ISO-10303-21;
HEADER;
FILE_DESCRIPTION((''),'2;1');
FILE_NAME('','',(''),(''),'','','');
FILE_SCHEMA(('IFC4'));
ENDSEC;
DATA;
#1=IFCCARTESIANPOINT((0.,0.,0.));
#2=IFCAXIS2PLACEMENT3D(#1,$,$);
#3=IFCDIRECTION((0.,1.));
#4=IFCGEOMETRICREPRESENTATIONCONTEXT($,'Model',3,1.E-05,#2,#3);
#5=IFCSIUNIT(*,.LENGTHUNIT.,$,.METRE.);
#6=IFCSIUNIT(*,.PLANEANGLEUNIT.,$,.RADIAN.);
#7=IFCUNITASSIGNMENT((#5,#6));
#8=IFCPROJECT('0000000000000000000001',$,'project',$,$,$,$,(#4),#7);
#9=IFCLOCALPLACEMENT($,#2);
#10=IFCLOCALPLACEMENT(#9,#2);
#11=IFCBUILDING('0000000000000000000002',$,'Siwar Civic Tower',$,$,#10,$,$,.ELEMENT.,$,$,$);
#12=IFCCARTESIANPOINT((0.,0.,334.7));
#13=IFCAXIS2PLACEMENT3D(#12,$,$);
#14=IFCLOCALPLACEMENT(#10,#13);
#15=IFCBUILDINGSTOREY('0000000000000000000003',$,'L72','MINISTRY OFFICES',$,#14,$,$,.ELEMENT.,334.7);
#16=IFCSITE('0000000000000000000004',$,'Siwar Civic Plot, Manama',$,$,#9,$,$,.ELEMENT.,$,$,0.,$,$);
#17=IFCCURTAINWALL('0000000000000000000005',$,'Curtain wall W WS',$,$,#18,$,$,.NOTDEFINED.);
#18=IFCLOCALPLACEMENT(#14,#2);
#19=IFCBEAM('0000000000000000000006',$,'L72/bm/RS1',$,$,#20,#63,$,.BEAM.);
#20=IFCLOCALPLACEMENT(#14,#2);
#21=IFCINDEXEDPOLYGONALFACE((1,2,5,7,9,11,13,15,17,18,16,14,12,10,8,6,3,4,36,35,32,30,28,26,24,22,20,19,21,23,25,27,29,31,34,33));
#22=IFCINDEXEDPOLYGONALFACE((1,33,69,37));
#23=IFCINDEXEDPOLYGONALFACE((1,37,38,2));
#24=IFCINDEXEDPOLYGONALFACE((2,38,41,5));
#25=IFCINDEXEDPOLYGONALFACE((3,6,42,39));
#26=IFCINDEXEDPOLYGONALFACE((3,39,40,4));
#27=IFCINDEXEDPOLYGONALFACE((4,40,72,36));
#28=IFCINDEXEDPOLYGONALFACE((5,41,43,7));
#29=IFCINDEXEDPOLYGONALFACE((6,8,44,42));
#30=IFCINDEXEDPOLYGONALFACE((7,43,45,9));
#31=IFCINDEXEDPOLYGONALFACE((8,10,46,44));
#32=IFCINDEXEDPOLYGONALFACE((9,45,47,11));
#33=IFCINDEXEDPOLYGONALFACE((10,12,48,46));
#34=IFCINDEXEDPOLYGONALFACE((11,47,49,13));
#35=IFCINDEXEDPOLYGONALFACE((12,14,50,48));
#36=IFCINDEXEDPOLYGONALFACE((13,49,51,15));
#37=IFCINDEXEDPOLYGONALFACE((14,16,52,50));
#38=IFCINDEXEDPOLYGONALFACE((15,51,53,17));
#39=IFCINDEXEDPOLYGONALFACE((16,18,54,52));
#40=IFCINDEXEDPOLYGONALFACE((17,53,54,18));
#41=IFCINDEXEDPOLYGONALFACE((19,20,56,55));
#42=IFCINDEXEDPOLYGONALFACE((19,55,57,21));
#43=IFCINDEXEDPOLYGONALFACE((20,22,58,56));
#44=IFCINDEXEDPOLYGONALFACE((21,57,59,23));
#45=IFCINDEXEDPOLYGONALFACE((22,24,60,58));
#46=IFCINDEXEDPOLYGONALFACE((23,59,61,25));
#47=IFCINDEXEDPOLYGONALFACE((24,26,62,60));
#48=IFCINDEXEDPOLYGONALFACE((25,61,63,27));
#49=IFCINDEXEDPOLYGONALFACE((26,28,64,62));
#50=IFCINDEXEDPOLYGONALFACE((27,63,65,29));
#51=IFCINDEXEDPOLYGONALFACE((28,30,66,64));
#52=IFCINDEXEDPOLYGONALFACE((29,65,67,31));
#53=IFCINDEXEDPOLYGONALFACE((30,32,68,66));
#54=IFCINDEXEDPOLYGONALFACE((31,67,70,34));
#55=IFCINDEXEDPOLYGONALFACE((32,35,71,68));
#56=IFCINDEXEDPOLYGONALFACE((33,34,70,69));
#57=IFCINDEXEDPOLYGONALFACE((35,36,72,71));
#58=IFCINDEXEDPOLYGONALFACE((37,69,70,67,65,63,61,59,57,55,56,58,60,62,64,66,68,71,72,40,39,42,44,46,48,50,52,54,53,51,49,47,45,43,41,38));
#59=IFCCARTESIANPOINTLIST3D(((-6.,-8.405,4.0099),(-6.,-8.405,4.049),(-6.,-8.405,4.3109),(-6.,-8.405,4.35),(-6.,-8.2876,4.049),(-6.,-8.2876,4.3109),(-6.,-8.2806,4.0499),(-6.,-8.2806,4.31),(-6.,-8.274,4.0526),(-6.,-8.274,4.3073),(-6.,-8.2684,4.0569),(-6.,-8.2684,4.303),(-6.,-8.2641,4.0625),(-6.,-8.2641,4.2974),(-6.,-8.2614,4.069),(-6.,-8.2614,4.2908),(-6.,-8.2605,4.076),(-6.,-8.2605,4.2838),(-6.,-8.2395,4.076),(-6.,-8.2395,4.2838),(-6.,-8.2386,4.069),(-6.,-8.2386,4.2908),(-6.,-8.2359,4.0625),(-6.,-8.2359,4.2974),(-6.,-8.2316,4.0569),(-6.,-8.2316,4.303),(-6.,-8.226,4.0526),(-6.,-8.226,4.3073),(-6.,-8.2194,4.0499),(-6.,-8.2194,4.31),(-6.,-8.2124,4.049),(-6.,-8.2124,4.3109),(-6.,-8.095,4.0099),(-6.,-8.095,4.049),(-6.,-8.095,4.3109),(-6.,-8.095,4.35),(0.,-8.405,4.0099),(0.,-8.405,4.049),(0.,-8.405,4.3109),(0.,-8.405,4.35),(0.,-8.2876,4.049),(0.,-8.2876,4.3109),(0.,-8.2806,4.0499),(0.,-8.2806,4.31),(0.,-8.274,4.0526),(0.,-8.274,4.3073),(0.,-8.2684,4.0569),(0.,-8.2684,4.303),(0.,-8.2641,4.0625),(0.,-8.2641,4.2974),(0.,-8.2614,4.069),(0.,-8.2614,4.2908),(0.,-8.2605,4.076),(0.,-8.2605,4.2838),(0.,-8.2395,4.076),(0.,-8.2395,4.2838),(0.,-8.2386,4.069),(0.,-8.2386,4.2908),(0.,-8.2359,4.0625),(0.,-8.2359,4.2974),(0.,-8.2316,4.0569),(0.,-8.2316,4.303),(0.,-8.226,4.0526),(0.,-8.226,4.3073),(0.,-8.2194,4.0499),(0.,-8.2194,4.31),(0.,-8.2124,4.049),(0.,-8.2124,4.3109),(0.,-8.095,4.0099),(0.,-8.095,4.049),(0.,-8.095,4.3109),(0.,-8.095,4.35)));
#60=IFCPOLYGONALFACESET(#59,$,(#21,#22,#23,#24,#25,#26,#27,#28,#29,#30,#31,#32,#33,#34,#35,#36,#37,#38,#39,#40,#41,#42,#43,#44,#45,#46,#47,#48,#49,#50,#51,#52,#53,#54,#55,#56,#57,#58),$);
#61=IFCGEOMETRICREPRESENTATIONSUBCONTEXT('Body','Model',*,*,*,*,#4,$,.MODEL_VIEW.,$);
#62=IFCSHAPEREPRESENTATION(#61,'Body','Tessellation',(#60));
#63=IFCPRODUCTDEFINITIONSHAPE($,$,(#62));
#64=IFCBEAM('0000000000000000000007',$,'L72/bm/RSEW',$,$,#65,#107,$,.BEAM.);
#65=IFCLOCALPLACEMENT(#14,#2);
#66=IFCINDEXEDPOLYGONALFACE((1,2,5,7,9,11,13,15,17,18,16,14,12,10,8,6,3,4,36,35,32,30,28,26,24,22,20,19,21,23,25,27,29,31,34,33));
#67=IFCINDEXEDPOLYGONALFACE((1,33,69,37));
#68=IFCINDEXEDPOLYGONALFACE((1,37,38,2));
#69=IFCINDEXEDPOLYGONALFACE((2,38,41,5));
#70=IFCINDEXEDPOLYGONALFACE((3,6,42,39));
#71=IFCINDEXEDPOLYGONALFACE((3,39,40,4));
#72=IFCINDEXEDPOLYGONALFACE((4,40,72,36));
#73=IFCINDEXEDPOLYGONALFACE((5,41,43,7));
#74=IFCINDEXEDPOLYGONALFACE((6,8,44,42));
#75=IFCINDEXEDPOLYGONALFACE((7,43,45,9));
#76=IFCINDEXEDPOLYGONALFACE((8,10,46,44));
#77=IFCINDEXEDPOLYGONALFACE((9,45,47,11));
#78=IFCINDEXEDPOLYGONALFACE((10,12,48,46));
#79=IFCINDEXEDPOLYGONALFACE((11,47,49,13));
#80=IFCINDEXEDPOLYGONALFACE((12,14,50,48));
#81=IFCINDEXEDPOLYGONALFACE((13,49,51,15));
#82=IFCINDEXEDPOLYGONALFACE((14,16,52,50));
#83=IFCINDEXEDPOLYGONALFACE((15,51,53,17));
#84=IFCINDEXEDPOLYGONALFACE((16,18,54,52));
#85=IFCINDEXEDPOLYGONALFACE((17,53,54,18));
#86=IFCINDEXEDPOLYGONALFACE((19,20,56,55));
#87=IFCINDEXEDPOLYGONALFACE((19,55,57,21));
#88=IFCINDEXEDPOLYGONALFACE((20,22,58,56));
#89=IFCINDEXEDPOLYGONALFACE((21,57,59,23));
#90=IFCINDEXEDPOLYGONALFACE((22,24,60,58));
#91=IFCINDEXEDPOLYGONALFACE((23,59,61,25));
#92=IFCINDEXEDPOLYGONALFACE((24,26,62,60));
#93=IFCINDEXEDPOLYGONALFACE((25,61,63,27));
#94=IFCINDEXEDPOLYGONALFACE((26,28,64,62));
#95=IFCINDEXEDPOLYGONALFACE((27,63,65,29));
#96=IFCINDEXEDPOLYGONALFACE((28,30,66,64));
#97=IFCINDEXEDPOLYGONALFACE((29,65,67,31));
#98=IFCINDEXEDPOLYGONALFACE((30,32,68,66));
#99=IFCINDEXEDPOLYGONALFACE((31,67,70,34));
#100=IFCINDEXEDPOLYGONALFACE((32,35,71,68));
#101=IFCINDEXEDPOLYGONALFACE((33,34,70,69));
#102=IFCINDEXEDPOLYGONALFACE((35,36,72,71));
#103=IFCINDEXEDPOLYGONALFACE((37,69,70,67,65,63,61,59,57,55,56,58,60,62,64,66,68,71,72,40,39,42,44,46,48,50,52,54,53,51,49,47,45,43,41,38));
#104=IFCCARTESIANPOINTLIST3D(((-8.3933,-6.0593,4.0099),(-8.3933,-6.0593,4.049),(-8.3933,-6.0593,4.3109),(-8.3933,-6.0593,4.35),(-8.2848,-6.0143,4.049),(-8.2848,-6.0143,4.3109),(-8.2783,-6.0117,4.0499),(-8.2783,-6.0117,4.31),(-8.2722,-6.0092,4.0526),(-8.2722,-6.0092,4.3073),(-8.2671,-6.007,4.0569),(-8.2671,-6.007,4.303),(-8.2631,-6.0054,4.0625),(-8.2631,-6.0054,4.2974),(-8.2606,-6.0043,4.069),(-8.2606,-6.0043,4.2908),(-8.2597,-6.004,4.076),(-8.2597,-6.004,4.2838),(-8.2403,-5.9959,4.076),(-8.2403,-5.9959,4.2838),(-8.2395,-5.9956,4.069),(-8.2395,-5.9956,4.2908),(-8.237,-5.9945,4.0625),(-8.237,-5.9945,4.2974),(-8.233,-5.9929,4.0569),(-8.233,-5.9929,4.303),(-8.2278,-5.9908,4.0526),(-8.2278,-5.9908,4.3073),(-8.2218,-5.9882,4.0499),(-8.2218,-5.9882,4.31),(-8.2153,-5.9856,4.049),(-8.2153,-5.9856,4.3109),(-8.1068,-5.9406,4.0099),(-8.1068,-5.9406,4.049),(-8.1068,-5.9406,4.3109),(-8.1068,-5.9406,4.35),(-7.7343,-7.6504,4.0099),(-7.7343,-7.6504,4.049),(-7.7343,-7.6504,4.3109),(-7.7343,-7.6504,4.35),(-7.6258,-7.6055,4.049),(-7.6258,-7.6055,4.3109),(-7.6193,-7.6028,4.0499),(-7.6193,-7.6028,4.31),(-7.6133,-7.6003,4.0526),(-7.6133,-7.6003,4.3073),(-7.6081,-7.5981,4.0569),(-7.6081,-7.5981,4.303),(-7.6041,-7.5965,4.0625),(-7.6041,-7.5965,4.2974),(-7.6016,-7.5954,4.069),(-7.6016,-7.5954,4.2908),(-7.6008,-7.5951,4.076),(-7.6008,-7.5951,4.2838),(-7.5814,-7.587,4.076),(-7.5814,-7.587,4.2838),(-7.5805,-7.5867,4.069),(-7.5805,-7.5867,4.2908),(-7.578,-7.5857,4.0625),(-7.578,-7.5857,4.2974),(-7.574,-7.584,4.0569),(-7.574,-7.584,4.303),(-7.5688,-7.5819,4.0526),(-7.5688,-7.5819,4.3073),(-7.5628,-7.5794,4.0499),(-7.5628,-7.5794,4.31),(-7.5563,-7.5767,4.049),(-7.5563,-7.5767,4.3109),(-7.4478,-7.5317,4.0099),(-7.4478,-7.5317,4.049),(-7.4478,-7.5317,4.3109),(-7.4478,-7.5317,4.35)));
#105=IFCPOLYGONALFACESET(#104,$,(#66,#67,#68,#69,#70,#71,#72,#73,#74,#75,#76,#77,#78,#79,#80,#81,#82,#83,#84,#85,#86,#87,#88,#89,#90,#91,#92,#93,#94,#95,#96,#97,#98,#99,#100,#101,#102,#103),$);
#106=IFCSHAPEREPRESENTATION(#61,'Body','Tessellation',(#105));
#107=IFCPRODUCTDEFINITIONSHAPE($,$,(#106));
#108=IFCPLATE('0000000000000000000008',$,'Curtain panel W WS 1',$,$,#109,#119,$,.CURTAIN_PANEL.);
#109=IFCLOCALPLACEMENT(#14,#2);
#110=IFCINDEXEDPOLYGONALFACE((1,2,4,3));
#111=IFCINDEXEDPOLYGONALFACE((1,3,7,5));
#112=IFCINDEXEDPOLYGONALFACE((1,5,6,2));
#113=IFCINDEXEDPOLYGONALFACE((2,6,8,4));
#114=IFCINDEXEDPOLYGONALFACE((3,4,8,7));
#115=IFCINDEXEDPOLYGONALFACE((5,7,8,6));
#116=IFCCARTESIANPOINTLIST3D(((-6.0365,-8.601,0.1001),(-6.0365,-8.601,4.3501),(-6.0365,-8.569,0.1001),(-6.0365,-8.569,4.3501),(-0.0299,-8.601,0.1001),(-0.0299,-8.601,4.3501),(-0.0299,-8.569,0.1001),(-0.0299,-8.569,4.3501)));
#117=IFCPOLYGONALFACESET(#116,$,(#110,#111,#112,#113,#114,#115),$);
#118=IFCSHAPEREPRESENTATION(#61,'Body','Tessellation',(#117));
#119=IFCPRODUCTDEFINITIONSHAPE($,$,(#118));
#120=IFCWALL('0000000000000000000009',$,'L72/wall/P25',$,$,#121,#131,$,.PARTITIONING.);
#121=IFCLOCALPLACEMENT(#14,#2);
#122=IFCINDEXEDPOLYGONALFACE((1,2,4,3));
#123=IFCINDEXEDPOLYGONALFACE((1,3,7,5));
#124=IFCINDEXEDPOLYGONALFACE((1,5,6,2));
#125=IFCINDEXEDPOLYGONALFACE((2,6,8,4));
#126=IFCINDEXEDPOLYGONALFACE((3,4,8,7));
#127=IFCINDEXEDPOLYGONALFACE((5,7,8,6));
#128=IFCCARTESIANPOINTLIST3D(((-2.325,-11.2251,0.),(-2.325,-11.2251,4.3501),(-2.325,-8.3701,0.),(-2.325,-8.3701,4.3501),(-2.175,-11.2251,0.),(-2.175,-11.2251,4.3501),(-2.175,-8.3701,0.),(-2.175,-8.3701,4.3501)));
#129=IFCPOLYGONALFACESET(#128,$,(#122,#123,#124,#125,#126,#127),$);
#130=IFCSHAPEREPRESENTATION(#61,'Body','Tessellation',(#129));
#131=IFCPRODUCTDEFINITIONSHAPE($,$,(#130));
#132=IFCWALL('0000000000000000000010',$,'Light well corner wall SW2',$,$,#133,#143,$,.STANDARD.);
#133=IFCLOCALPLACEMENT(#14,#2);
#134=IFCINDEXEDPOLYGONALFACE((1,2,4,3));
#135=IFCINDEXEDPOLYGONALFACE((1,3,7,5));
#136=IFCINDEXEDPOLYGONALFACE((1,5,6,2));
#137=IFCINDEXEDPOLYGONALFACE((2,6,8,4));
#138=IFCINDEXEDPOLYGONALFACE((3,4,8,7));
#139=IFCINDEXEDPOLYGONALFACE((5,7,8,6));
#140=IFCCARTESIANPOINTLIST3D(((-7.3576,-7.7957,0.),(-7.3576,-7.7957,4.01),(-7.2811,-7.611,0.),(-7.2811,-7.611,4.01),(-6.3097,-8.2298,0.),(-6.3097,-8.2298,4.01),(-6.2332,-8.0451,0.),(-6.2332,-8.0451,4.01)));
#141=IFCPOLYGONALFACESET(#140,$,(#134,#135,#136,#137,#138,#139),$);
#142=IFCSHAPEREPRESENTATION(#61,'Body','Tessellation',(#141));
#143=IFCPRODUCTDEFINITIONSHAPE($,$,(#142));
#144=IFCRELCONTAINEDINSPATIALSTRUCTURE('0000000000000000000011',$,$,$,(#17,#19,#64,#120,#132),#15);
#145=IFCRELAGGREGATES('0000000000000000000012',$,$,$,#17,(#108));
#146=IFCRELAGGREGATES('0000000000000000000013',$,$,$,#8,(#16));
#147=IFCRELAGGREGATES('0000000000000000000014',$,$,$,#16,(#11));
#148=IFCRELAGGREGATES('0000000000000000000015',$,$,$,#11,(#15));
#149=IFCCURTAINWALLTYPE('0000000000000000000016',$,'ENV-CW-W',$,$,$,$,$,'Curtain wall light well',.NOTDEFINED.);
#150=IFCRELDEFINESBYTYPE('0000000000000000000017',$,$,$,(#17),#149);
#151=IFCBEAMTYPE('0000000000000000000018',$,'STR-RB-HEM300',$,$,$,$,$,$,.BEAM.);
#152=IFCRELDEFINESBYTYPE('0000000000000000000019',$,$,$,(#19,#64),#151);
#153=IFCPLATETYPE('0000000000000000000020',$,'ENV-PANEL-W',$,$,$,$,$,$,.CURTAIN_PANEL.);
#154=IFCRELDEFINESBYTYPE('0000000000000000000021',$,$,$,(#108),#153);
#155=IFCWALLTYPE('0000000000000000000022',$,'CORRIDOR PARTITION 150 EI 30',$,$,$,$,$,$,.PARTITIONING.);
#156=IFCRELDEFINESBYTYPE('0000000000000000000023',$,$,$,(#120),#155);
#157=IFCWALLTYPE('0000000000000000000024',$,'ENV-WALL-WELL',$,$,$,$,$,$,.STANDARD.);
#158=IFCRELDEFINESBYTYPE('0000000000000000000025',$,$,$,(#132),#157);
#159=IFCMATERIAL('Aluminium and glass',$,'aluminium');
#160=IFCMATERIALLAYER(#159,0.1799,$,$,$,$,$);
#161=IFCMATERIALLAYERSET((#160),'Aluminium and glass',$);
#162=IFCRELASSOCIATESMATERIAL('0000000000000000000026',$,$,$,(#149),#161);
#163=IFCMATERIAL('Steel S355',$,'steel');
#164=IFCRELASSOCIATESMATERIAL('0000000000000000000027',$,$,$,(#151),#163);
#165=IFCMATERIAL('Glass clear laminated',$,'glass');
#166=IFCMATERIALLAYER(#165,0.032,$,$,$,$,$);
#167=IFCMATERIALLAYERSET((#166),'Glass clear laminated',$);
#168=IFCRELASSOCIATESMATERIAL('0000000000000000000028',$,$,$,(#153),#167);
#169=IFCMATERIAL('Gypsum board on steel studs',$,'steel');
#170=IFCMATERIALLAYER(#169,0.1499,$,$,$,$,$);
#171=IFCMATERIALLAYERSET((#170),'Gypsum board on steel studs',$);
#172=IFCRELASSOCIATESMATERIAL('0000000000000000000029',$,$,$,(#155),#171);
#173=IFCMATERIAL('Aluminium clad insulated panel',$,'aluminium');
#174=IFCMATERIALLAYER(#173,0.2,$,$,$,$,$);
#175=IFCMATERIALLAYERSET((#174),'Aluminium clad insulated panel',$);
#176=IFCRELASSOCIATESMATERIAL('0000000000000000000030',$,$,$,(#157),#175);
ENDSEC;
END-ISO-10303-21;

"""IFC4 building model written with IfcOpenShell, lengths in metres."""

from ifc_helpers import new_model, si_unit, direction, frame, frame_2d, origin, origin_2d, place, context, subcontext, project, spatial, rectangle, i_section, extrude, material, layer, layer_set, material_profile, profile_set, type_object, element, aggregate, save


model = new_model("IFC4")

# Units and contexts
model_context = context("Model", 3, precision=1e-05, world=origin(), true_north=direction((0.0, 1.0)))
body_context = subcontext(model_context, "Body", "Model", "MODEL_VIEW")
ifc_project = project(units=[si_unit("LENGTHUNIT", "METRE"), si_unit("PLANEANGLEUNIT", "RADIAN")], contexts=[model_context])

# Site, building, storey
site_placement = place(None, origin())
site = spatial("IfcSite", under=ifc_project, at=site_placement, Name="Siwar Civic Plot, Manama", CompositionType="ELEMENT", RefElevation=0.0)
building_placement = place(site_placement, origin())
building = spatial("IfcBuilding", under=site, at=building_placement, Name="Siwar Civic Tower", CompositionType="ELEMENT")
storey_placement = place(building_placement, frame((0.0, 0.0, 334.7)))
storey = spatial("IfcBuildingStorey", under=building, at=storey_placement, Name="L72", Description="MINISTRY OFFICES", CompositionType="ELEMENT", Elevation=334.7)

# Curtain wall
ifc_material_1 = material(Name="Aluminium and glass", Category="aluminium")
ifc_layer_1 = layer(ifc_material_1, 0.1799)
ifc_layer_set_1 = layer_set([ifc_layer_1], Name="Aluminium and glass")
curtain_wall_type = type_object("IfcCurtainWallType", Name="ENV-CW-W", ElementType="Curtain wall light well", PredefinedType="NOTDEFINED", material=ifc_layer_set_1)
curtain_wall_placement = place(storey_placement, origin())
curtain_wall = element("IfcCurtainWall", 1, at=curtain_wall_placement, inside=storey, type_object=curtain_wall_type, Name="Curtain wall W WS", PredefinedType="NOTDEFINED")

# Beams
ifc_material_2 = material(Name="Steel S355", Category="steel")
ifc_material_profile_1 = material_profile(ifc_material_2, i_section(OverallWidth=0.3101, OverallDepth=0.3401, WebThickness=0.021, FlangeThickness=0.0391, FilletRadius=0.0271, at=origin_2d()), Name="HEM300")
ifc_profile_set_1 = profile_set([ifc_material_profile_1], Name="Steel S355")
beam_type_1 = type_object("IfcBeamType", Name="STR-RB-HEM300", PredefinedType="BEAM", material=ifc_profile_set_1)
beam_1_placement = place(storey_placement, frame((-6.0, -8.25, 4.1799), z_axis=(1.0, 0.0, 0.0), x_axis=(0.0, 1.0, 0.0)))
element("IfcBeam", 2, at=beam_1_placement, inside=storey, type_object=beam_type_1, Name="L72/bm/RS1", PredefinedType="BEAM", context=body_context, shape_type="SweptSolid", body=[
    extrude(i_section(OverallWidth=0.3101, OverallDepth=0.3401, WebThickness=0.021, FlangeThickness=0.0391, FilletRadius=0.0271, at=origin_2d()), origin(), (0.0, 0.0, 1.0), 6.0),
])
beam_2_placement = place(storey_placement, frame((-7.5911, -7.5911, 4.1799), z_axis=(-0.382631, 0.923901, 0.0), x_axis=(-0.923901, -0.382631, 0.0)))
element("IfcBeam", 3, at=beam_2_placement, inside=storey, type_object=beam_type_1, Name="L72/bm/RSEW", PredefinedType="BEAM", context=body_context, shape_type="SweptSolid", body=[
    extrude(i_section(OverallWidth=0.3101, OverallDepth=0.3401, WebThickness=0.021, FlangeThickness=0.0391, FilletRadius=0.0271, at=origin_2d()), origin(), (0.0, 0.0, 1.0), 1.7222),
])

# Plate
ifc_material_3 = material(Name="Glass clear laminated", Category="glass")
ifc_layer_2 = layer(ifc_material_3, 0.032)
ifc_layer_set_2 = layer_set([ifc_layer_2], Name="Glass clear laminated")
plate_type = type_object("IfcPlateType", Name="ENV-PANEL-W", PredefinedType="CURTAIN_PANEL", material=ifc_layer_set_2)
plate_placement = place(storey_placement, frame((-3.0332, -8.585, 0.1001), z_axis=(0.0, 0.0, 1.0), x_axis=(1.0, 0.0, 0.0)))
plate = element("IfcPlate", 4, at=plate_placement, type_object=plate_type, Name="Curtain panel W WS 1", PredefinedType="CURTAIN_PANEL", context=body_context, shape_type="SweptSolid", body=[
    extrude(rectangle(XDim=6.0066, YDim=0.032, at=origin_2d()), origin(), (0.0, 0.0, 1.0), 4.25),
])
aggregate(curtain_wall, [plate])

# Walls
ifc_material_4 = material(Name="Gypsum board on steel studs", Category="steel")
ifc_layer_3 = layer(ifc_material_4, 0.1499)
ifc_layer_set_3 = layer_set([ifc_layer_3], Name="Gypsum board on steel studs")
wall_type_1 = type_object("IfcWallType", Name="CORRIDOR PARTITION 150 EI 30", PredefinedType="PARTITIONING", material=ifc_layer_set_3)
wall_1_placement = place(storey_placement, frame((-2.25, -11.2251, 0.0), z_axis=(0.0, 0.0, 1.0), x_axis=(0.0, 1.0, 0.0)))
element("IfcWall", 5, at=wall_1_placement, inside=storey, type_object=wall_type_1, Name="L72/wall/P25", PredefinedType="PARTITIONING", context=body_context, shape_type="SweptSolid", body=[
    extrude(rectangle(XDim=2.855, YDim=0.1499, at=frame_2d((1.4275, 0.0))), origin(), (0.0, 0.0, 1.0), 4.3501),
])
ifc_material_5 = material(Name="Aluminium clad insulated panel", Category="aluminium")
ifc_layer_4 = layer(ifc_material_5, 0.2)
ifc_layer_set_4 = layer_set([ifc_layer_4], Name="Aluminium clad insulated panel")
wall_type_2 = type_object("IfcWallType", Name="ENV-WALL-WELL", PredefinedType="STANDARD", material=ifc_layer_set_4)
wall_2_placement = place(storey_placement, frame((-7.3193, -7.7034, 0.0), z_axis=(0.0, 0.0, 1.0), x_axis=(0.923865, -0.382719, 0.0)))
element("IfcWall", 6, at=wall_2_placement, inside=storey, type_object=wall_type_2, Name="Light well corner wall SW2", PredefinedType="STANDARD", context=body_context, shape_type="SweptSolid", body=[
    extrude(rectangle(XDim=1.1343, YDim=0.2, at=frame_2d((0.5671, 0.0))), origin(), (0.0, 0.0, 1.0), 4.01),
])

save(model, "model.ifc")
